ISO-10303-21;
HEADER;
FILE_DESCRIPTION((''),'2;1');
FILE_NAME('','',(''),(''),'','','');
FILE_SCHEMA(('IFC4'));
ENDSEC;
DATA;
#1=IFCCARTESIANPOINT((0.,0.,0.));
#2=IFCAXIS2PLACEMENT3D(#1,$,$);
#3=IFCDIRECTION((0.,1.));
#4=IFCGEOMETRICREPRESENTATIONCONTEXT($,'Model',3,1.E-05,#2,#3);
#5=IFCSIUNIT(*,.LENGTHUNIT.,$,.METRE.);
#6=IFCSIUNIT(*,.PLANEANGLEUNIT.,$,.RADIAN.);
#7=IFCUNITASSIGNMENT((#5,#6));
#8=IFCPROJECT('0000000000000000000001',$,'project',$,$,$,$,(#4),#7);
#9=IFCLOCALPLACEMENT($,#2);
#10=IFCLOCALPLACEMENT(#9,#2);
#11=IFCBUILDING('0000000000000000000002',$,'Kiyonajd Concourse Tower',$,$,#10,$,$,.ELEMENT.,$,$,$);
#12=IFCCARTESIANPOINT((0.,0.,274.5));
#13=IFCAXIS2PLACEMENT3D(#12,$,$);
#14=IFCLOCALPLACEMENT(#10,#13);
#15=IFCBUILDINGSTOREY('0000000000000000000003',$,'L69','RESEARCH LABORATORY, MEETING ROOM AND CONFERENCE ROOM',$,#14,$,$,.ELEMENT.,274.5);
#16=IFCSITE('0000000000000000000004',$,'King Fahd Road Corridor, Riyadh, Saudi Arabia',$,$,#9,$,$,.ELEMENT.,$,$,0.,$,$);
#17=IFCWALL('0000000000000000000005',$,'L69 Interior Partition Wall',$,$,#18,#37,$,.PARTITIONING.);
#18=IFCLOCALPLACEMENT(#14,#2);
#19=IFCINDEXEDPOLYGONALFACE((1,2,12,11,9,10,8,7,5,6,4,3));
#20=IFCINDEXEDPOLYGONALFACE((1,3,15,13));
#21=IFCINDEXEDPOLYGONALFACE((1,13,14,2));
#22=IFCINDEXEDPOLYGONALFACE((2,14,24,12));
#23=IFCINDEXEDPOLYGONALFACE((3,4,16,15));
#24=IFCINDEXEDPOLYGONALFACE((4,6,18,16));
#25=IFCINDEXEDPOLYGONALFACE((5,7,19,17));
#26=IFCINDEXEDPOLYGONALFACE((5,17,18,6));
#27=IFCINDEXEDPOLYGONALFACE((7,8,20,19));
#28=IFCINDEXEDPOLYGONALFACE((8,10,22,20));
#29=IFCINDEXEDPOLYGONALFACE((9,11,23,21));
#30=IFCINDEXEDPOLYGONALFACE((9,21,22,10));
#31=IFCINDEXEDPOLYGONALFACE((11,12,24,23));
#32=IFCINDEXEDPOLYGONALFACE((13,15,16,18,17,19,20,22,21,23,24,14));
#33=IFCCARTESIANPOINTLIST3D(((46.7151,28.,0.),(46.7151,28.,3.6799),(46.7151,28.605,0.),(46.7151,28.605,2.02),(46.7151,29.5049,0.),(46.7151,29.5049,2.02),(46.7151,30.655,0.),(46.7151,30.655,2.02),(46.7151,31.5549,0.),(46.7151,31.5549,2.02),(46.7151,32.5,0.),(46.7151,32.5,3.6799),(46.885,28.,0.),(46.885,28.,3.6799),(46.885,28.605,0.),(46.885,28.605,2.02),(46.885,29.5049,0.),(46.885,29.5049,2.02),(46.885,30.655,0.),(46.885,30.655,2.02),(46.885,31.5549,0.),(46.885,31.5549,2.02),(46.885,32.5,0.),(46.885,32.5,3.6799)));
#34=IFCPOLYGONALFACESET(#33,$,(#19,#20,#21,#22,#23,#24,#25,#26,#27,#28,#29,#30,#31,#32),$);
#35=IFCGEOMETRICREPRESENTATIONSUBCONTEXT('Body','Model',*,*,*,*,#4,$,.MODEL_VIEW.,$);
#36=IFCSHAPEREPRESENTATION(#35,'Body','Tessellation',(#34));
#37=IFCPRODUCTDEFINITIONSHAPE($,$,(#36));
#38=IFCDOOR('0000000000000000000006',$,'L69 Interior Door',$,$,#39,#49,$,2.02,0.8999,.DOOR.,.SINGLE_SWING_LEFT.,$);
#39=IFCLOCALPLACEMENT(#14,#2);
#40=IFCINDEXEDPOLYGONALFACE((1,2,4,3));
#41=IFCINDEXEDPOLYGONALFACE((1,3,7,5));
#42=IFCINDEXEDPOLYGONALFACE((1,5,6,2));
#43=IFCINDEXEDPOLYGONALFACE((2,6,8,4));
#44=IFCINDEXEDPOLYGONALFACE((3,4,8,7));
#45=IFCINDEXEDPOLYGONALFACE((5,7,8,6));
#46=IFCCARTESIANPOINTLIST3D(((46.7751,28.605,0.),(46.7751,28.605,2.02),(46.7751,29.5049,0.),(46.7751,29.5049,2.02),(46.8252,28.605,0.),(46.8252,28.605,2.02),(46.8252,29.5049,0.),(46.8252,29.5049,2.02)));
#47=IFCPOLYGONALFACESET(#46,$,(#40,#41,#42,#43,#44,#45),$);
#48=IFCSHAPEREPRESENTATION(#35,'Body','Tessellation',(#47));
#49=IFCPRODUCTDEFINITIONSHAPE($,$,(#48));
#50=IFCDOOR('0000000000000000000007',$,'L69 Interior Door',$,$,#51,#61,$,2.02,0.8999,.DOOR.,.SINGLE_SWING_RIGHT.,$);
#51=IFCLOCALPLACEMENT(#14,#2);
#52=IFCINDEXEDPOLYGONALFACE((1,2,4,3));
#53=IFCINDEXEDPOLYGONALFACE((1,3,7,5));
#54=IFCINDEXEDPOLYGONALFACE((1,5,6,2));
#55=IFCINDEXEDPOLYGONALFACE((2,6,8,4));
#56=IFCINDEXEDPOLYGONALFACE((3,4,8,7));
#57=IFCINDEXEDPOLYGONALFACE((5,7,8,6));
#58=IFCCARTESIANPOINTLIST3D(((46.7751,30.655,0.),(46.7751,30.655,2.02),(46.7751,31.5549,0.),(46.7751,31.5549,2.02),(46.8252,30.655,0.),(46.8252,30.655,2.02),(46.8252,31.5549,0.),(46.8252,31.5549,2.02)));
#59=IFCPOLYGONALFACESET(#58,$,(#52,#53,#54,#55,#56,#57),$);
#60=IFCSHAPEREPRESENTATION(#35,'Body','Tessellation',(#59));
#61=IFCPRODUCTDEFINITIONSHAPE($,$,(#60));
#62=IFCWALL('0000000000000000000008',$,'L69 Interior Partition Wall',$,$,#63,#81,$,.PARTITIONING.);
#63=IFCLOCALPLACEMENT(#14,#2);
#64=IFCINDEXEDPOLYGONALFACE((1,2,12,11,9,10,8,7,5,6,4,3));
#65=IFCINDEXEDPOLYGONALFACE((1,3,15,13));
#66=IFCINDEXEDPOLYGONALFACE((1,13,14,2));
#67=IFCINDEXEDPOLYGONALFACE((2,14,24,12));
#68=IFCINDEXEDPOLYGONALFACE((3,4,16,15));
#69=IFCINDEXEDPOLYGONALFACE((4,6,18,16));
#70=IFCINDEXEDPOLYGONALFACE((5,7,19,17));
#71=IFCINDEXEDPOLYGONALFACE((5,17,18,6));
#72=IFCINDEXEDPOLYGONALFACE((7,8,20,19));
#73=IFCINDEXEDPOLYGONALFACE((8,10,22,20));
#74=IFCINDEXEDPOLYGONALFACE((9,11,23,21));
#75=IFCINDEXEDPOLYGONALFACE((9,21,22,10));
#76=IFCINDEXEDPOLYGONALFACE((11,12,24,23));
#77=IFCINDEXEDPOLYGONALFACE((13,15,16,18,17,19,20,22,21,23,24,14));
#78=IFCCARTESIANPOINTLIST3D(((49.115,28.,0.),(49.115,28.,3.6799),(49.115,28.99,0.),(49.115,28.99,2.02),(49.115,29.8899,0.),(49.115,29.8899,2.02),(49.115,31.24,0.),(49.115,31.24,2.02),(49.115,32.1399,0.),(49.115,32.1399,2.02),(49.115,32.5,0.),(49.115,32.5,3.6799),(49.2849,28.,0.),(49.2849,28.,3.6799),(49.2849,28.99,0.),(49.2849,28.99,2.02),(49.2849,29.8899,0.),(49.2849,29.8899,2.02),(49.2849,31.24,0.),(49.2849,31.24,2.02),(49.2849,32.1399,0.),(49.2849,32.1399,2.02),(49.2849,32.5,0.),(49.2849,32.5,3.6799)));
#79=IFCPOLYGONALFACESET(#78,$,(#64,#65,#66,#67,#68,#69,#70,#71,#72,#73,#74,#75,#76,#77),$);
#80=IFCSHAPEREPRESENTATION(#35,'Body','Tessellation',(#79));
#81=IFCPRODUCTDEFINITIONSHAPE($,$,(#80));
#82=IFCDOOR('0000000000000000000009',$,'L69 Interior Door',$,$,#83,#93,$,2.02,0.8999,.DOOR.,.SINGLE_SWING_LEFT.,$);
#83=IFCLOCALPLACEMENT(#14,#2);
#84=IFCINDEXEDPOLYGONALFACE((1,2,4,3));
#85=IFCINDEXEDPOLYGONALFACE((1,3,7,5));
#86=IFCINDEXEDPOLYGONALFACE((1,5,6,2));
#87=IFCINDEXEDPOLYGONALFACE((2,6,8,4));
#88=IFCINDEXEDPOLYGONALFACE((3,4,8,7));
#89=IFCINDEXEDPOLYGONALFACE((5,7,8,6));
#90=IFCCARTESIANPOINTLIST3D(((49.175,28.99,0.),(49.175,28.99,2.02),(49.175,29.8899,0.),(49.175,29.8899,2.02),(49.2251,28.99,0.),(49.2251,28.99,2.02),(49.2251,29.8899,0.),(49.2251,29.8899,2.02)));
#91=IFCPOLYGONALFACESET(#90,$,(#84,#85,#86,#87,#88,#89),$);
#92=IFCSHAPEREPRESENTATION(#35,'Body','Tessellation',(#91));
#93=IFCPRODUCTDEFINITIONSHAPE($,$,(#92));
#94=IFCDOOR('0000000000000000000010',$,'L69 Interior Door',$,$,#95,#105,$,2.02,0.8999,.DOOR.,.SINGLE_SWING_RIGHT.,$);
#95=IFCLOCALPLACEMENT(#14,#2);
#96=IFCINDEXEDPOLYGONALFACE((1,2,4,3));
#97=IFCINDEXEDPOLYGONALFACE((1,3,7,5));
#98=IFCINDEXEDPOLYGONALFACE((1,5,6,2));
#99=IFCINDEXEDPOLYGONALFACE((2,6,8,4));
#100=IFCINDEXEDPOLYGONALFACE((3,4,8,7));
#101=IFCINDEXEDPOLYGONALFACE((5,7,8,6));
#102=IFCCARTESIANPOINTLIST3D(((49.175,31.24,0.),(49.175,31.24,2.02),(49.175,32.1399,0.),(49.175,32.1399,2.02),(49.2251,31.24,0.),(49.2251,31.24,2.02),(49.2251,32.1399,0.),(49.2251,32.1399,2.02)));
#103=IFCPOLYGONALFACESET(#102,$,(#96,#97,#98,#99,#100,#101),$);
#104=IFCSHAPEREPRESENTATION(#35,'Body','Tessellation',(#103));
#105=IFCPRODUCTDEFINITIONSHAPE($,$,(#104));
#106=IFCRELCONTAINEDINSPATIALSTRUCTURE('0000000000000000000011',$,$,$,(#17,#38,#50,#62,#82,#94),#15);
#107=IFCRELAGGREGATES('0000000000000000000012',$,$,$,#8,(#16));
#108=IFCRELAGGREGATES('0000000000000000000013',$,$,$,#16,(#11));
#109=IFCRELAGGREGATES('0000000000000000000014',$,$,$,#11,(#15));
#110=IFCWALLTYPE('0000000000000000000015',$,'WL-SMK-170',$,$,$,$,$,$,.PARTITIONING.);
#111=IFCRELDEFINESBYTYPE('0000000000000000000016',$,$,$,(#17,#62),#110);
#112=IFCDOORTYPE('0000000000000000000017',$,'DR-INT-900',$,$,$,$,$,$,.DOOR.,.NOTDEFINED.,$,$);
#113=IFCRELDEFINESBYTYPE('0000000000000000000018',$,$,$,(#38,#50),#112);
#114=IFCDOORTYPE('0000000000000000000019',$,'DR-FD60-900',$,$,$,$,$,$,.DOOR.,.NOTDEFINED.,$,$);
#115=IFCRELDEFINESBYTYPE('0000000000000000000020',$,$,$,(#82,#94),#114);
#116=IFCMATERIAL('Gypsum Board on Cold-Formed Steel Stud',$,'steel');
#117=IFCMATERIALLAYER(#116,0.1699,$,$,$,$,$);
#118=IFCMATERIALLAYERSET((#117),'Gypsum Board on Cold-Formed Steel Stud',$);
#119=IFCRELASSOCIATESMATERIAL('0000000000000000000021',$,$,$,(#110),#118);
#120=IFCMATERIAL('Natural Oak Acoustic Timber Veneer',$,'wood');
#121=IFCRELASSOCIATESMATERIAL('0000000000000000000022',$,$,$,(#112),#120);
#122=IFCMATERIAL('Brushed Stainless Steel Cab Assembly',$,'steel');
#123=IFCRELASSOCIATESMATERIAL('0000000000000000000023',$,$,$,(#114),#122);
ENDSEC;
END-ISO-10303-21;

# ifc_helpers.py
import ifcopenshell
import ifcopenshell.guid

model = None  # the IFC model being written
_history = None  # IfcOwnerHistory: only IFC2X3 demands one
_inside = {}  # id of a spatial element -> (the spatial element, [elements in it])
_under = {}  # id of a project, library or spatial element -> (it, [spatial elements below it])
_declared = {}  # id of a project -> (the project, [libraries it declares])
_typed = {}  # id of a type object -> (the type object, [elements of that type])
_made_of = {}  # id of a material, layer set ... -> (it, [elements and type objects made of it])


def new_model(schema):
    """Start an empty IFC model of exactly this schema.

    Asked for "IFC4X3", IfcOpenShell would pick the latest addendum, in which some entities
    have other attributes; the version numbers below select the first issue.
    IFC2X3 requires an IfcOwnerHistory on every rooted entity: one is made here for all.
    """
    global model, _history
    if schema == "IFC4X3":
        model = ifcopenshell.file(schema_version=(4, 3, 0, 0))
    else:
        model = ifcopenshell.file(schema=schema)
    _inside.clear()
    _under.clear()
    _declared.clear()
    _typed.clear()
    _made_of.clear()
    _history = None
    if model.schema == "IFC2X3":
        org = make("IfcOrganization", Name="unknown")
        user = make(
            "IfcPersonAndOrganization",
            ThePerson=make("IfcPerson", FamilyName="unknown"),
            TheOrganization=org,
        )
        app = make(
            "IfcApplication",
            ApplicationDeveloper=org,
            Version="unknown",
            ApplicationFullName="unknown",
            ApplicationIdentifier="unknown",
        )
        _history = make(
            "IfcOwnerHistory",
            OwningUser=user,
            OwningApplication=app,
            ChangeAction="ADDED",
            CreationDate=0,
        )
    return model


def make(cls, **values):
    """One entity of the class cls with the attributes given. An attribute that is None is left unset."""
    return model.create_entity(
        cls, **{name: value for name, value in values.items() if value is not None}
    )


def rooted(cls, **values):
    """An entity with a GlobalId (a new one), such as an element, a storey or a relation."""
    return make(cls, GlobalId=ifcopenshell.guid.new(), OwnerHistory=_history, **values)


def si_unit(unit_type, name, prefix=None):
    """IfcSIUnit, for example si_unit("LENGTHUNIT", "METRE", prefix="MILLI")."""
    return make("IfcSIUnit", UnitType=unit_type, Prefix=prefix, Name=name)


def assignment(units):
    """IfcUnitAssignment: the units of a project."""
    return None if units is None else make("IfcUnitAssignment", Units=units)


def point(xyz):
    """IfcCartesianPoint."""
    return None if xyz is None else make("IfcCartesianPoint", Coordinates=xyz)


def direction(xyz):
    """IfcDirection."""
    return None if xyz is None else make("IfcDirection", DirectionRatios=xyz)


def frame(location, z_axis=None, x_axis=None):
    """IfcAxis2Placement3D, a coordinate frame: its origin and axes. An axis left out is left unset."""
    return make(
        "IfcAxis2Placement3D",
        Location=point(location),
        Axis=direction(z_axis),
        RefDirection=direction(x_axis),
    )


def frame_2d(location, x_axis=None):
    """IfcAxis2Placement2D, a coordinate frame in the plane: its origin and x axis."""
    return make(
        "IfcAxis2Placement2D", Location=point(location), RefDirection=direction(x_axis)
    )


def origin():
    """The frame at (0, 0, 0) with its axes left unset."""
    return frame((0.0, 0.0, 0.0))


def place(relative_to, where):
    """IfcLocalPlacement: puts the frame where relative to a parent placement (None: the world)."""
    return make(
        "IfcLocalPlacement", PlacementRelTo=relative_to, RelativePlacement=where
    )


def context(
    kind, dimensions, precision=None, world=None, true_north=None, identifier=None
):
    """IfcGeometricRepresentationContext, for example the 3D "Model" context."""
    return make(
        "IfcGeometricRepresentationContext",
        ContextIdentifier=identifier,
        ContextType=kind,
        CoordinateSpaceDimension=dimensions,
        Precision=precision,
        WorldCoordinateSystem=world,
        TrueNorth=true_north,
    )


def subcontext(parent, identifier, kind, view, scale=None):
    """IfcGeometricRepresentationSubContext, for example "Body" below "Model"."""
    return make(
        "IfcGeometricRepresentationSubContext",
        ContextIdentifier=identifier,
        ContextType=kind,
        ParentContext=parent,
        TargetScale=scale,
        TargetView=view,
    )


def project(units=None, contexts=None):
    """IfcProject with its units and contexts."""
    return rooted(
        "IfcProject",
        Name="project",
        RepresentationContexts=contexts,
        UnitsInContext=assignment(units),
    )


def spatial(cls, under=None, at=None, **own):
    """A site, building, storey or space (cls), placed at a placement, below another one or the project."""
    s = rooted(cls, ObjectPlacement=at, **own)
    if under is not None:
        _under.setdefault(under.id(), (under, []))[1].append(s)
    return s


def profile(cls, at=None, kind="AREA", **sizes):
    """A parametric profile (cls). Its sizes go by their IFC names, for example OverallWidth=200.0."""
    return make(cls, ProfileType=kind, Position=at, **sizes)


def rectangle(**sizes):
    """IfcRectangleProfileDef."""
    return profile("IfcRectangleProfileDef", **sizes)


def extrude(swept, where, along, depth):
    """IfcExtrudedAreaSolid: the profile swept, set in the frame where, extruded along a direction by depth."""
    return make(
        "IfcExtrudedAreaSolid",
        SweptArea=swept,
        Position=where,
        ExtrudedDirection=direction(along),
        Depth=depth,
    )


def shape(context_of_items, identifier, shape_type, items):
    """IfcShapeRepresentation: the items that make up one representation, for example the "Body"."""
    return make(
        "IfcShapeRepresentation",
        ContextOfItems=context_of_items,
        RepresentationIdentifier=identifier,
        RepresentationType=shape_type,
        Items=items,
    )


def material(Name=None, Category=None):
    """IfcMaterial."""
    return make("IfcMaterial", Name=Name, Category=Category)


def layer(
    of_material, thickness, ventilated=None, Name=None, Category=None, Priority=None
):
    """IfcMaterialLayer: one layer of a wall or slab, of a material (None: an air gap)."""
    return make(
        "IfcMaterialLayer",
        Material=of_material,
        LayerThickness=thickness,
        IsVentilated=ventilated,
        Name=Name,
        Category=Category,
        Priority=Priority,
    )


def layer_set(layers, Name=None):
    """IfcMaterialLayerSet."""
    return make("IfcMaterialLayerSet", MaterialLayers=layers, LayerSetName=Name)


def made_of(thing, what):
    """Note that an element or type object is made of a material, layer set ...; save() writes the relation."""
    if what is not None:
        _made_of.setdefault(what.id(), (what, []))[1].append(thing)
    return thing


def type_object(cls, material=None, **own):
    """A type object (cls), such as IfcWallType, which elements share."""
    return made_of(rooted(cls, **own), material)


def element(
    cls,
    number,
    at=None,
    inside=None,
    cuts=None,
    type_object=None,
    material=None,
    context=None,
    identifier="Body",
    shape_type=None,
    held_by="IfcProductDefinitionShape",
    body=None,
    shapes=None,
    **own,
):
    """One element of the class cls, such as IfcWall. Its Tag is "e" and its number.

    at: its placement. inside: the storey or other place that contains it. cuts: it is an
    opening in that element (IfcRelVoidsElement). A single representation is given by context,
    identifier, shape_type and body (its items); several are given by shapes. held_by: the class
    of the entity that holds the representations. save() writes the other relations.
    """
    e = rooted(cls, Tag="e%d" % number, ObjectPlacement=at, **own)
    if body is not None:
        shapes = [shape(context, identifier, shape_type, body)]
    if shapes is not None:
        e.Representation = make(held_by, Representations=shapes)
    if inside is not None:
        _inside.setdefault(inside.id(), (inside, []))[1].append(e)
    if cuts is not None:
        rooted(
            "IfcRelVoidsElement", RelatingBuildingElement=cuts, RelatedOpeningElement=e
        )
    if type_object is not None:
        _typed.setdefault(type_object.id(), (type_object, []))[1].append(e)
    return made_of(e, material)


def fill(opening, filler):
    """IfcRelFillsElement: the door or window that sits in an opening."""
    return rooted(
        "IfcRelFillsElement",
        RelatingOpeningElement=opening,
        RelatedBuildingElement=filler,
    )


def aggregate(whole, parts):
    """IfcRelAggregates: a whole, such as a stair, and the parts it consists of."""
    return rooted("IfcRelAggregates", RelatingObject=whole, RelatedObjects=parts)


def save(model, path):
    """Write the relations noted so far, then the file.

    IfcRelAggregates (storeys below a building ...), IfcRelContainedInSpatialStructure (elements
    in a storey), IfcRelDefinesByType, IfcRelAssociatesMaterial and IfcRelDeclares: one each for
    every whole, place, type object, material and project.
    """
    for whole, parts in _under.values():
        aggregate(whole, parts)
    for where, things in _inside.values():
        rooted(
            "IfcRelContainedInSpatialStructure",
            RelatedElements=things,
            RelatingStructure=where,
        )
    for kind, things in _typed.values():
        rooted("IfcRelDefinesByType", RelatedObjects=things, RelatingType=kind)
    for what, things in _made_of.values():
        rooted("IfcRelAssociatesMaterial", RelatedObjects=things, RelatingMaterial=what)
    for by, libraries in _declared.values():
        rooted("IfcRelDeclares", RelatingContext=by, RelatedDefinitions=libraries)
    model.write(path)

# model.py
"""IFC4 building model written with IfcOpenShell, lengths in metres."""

from ifc_helpers import new_model, si_unit, direction, frame, frame_2d, origin, place, context, subcontext, project, spatial, rectangle, extrude, material, layer, layer_set, type_object, element, fill, save


model = new_model("IFC4")

# Units and contexts
model_context = context("Model", 3, precision=1e-05, world=origin(), true_north=direction((0.0, 1.0)))
body_context = subcontext(model_context, "Body", "Model", "MODEL_VIEW")
ifc_project = project(units=[si_unit("LENGTHUNIT", "METRE"), si_unit("PLANEANGLEUNIT", "RADIAN")], contexts=[model_context])

# Site, building, storey
site_placement = place(None, origin())
site = spatial("IfcSite", under=ifc_project, at=site_placement, Name="King Fahd Road Corridor, Riyadh, Saudi Arabia", CompositionType="ELEMENT", RefElevation=0.0)
building_placement = place(site_placement, origin())
building = spatial("IfcBuilding", under=site, at=building_placement, Name="Kiyonajd Concourse Tower", CompositionType="ELEMENT")
storey_placement = place(building_placement, frame((0.0, 0.0, 274.5)))
storey = spatial("IfcBuildingStorey", under=building, at=storey_placement, Name="L69", Description="RESEARCH LABORATORY, MEETING ROOM AND CONFERENCE ROOM", CompositionType="ELEMENT", Elevation=274.5)

# Shared definitions
ifc_material_1 = material(Name="Brushed Stainless Steel Cab Assembly", Category="steel")

# Walls, openings, doors
ifc_material_2 = material(Name="Gypsum Board on Cold-Formed Steel Stud", Category="steel")
ifc_layer_1 = layer(ifc_material_2, 0.1699)
ifc_layer_set_1 = layer_set([ifc_layer_1], Name="Gypsum Board on Cold-Formed Steel Stud")
wall_type_1 = type_object("IfcWallType", Name="WL-SMK-170", PredefinedType="PARTITIONING", material=ifc_layer_set_1)
wall_1_placement = place(storey_placement, frame((46.8, 28.0, 0.0), z_axis=(0.0, 0.0, 1.0), x_axis=(0.0, 1.0, 0.0)))
wall_1 = element("IfcWall", 1, at=wall_1_placement, inside=storey, type_object=wall_type_1, Name="L69 Interior Partition Wall", PredefinedType="PARTITIONING", context=body_context, shape_type="SweptSolid", body=[
    extrude(rectangle(XDim=4.5, YDim=0.1699, at=frame_2d((2.25, 0.0))), origin(), (0.0, 0.0, 1.0), 3.6799),
])
opening_1_placement = place(wall_1_placement, frame((0.605, 0.0, 0.0)))
opening_1 = element("IfcOpeningElement", 2, at=opening_1_placement, cuts=wall_1, PredefinedType="OPENING", context=body_context, shape_type="SweptSolid", body=[
    extrude(rectangle(XDim=0.8999, YDim=2.02, at=frame_2d((0.45, 1.01))), frame((0.0, 0.095, 0.0), z_axis=(0.0, -1.0, 0.0), x_axis=(1.0, 0.0, 0.0)), (0.0, 0.0, 1.0), 0.1899),
])
opening_2_placement = place(wall_1_placement, frame((2.655, 0.0, 0.0)))
opening_2 = element("IfcOpeningElement", 3, at=opening_2_placement, cuts=wall_1, PredefinedType="OPENING", context=body_context, shape_type="SweptSolid", body=[
    extrude(rectangle(XDim=0.8999, YDim=2.02, at=frame_2d((0.45, 1.01))), frame((0.0, 0.095, 0.0), z_axis=(0.0, -1.0, 0.0), x_axis=(1.0, 0.0, 0.0)), (0.0, 0.0, 1.0), 0.1899),
])
ifc_material_3 = material(Name="Natural Oak Acoustic Timber Veneer", Category="wood")
door_type_1 = type_object("IfcDoorType", Name="DR-INT-900", OperationType="NOTDEFINED", PredefinedType="DOOR", material=ifc_material_3)
door_1_placement = place(opening_1_placement, origin())
door_1 = element("IfcDoor", 4, at=door_1_placement, inside=storey, type_object=door_type_1, Name="L69 Interior Door", OperationType="SINGLE_SWING_LEFT", OverallHeight=2.02, OverallWidth=0.8999, PredefinedType="DOOR", context=body_context, shape_type="SweptSolid", body=[
    extrude(rectangle(XDim=0.8999, YDim=2.02, at=frame_2d((0.45, 1.01))), frame((0.0, 0.0249, 0.0), z_axis=(0.0, -1.0, 0.0), x_axis=(1.0, 0.0, 0.0)), (0.0, 0.0, 1.0), 0.05),
])
fill(opening_1, door_1)
door_2_placement = place(opening_2_placement, origin())
door_2 = element("IfcDoor", 5, at=door_2_placement, inside=storey, type_object=door_type_1, Name="L69 Interior Door", OperationType="SINGLE_SWING_RIGHT", OverallHeight=2.02, OverallWidth=0.8999, PredefinedType="DOOR", context=body_context, shape_type="SweptSolid", body=[
    extrude(rectangle(XDim=0.8999, YDim=2.02, at=frame_2d((0.45, 1.01))), frame((0.0, 0.0249, 0.0), z_axis=(0.0, -1.0, 0.0), x_axis=(1.0, 0.0, 0.0)), (0.0, 0.0, 1.0), 0.05),
])
fill(opening_2, door_2)
wall_2_placement = place(storey_placement, frame((49.2, 28.0, 0.0), z_axis=(0.0, 0.0, 1.0), x_axis=(0.0, 1.0, 0.0)))
wall_2 = element("IfcWall", 6, at=wall_2_placement, inside=storey, type_object=wall_type_1, Name="L69 Interior Partition Wall", PredefinedType="PARTITIONING", context=body_context, shape_type="SweptSolid", body=[
    extrude(rectangle(XDim=4.5, YDim=0.1699, at=frame_2d((2.25, 0.0))), origin(), (0.0, 0.0, 1.0), 3.6799),
])
opening_3_placement = place(wall_2_placement, frame((0.99, 0.0, 0.0)))
opening_3 = element("IfcOpeningElement", 7, at=opening_3_placement, cuts=wall_2, PredefinedType="OPENING", context=body_context, shape_type="SweptSolid", body=[
    extrude(rectangle(XDim=0.8999, YDim=2.02, at=frame_2d((0.45, 1.01))), frame((0.0, 0.095, 0.0), z_axis=(0.0, -1.0, 0.0), x_axis=(1.0, 0.0, 0.0)), (0.0, 0.0, 1.0), 0.1899),
])
opening_4_placement = place(wall_2_placement, frame((3.24, 0.0, 0.0)))
opening_4 = element("IfcOpeningElement", 8, at=opening_4_placement, cuts=wall_2, PredefinedType="OPENING", context=body_context, shape_type="SweptSolid", body=[
    extrude(rectangle(XDim=0.8999, YDim=2.02, at=frame_2d((0.45, 1.01))), frame((0.0, 0.095, 0.0), z_axis=(0.0, -1.0, 0.0), x_axis=(1.0, 0.0, 0.0)), (0.0, 0.0, 1.0), 0.1899),
])
door_type_2 = type_object("IfcDoorType", Name="DR-FD60-900", OperationType="NOTDEFINED", PredefinedType="DOOR", material=ifc_material_1)
door_3_placement = place(opening_3_placement, origin())
door_3 = element("IfcDoor", 9, at=door_3_placement, inside=storey, type_object=door_type_2, Name="L69 Interior Door", OperationType="SINGLE_SWING_LEFT", OverallHeight=2.02, OverallWidth=0.8999, PredefinedType="DOOR", context=body_context, shape_type="SweptSolid", body=[
    extrude(rectangle(XDim=0.8999, YDim=2.02, at=frame_2d((0.45, 1.01))), frame((0.0, 0.0249, 0.0), z_axis=(0.0, -1.0, 0.0), x_axis=(1.0, 0.0, 0.0)), (0.0, 0.0, 1.0), 0.05),
])
fill(opening_3, door_3)
door_4_placement = place(opening_4_placement, origin())
door_4 = element("IfcDoor", 10, at=door_4_placement, inside=storey, type_object=door_type_2, Name="L69 Interior Door", OperationType="SINGLE_SWING_RIGHT", OverallHeight=2.02, OverallWidth=0.8999, PredefinedType="DOOR", context=body_context, shape_type="SweptSolid", body=[
    extrude(rectangle(XDim=0.8999, YDim=2.02, at=frame_2d((0.45, 1.01))), frame((0.0, 0.0249, 0.0), z_axis=(0.0, -1.0, 0.0), x_axis=(1.0, 0.0, 0.0)), (0.0, 0.0, 1.0), 0.05),
])
fill(opening_4, door_4)

save(model, "model.ifc")
